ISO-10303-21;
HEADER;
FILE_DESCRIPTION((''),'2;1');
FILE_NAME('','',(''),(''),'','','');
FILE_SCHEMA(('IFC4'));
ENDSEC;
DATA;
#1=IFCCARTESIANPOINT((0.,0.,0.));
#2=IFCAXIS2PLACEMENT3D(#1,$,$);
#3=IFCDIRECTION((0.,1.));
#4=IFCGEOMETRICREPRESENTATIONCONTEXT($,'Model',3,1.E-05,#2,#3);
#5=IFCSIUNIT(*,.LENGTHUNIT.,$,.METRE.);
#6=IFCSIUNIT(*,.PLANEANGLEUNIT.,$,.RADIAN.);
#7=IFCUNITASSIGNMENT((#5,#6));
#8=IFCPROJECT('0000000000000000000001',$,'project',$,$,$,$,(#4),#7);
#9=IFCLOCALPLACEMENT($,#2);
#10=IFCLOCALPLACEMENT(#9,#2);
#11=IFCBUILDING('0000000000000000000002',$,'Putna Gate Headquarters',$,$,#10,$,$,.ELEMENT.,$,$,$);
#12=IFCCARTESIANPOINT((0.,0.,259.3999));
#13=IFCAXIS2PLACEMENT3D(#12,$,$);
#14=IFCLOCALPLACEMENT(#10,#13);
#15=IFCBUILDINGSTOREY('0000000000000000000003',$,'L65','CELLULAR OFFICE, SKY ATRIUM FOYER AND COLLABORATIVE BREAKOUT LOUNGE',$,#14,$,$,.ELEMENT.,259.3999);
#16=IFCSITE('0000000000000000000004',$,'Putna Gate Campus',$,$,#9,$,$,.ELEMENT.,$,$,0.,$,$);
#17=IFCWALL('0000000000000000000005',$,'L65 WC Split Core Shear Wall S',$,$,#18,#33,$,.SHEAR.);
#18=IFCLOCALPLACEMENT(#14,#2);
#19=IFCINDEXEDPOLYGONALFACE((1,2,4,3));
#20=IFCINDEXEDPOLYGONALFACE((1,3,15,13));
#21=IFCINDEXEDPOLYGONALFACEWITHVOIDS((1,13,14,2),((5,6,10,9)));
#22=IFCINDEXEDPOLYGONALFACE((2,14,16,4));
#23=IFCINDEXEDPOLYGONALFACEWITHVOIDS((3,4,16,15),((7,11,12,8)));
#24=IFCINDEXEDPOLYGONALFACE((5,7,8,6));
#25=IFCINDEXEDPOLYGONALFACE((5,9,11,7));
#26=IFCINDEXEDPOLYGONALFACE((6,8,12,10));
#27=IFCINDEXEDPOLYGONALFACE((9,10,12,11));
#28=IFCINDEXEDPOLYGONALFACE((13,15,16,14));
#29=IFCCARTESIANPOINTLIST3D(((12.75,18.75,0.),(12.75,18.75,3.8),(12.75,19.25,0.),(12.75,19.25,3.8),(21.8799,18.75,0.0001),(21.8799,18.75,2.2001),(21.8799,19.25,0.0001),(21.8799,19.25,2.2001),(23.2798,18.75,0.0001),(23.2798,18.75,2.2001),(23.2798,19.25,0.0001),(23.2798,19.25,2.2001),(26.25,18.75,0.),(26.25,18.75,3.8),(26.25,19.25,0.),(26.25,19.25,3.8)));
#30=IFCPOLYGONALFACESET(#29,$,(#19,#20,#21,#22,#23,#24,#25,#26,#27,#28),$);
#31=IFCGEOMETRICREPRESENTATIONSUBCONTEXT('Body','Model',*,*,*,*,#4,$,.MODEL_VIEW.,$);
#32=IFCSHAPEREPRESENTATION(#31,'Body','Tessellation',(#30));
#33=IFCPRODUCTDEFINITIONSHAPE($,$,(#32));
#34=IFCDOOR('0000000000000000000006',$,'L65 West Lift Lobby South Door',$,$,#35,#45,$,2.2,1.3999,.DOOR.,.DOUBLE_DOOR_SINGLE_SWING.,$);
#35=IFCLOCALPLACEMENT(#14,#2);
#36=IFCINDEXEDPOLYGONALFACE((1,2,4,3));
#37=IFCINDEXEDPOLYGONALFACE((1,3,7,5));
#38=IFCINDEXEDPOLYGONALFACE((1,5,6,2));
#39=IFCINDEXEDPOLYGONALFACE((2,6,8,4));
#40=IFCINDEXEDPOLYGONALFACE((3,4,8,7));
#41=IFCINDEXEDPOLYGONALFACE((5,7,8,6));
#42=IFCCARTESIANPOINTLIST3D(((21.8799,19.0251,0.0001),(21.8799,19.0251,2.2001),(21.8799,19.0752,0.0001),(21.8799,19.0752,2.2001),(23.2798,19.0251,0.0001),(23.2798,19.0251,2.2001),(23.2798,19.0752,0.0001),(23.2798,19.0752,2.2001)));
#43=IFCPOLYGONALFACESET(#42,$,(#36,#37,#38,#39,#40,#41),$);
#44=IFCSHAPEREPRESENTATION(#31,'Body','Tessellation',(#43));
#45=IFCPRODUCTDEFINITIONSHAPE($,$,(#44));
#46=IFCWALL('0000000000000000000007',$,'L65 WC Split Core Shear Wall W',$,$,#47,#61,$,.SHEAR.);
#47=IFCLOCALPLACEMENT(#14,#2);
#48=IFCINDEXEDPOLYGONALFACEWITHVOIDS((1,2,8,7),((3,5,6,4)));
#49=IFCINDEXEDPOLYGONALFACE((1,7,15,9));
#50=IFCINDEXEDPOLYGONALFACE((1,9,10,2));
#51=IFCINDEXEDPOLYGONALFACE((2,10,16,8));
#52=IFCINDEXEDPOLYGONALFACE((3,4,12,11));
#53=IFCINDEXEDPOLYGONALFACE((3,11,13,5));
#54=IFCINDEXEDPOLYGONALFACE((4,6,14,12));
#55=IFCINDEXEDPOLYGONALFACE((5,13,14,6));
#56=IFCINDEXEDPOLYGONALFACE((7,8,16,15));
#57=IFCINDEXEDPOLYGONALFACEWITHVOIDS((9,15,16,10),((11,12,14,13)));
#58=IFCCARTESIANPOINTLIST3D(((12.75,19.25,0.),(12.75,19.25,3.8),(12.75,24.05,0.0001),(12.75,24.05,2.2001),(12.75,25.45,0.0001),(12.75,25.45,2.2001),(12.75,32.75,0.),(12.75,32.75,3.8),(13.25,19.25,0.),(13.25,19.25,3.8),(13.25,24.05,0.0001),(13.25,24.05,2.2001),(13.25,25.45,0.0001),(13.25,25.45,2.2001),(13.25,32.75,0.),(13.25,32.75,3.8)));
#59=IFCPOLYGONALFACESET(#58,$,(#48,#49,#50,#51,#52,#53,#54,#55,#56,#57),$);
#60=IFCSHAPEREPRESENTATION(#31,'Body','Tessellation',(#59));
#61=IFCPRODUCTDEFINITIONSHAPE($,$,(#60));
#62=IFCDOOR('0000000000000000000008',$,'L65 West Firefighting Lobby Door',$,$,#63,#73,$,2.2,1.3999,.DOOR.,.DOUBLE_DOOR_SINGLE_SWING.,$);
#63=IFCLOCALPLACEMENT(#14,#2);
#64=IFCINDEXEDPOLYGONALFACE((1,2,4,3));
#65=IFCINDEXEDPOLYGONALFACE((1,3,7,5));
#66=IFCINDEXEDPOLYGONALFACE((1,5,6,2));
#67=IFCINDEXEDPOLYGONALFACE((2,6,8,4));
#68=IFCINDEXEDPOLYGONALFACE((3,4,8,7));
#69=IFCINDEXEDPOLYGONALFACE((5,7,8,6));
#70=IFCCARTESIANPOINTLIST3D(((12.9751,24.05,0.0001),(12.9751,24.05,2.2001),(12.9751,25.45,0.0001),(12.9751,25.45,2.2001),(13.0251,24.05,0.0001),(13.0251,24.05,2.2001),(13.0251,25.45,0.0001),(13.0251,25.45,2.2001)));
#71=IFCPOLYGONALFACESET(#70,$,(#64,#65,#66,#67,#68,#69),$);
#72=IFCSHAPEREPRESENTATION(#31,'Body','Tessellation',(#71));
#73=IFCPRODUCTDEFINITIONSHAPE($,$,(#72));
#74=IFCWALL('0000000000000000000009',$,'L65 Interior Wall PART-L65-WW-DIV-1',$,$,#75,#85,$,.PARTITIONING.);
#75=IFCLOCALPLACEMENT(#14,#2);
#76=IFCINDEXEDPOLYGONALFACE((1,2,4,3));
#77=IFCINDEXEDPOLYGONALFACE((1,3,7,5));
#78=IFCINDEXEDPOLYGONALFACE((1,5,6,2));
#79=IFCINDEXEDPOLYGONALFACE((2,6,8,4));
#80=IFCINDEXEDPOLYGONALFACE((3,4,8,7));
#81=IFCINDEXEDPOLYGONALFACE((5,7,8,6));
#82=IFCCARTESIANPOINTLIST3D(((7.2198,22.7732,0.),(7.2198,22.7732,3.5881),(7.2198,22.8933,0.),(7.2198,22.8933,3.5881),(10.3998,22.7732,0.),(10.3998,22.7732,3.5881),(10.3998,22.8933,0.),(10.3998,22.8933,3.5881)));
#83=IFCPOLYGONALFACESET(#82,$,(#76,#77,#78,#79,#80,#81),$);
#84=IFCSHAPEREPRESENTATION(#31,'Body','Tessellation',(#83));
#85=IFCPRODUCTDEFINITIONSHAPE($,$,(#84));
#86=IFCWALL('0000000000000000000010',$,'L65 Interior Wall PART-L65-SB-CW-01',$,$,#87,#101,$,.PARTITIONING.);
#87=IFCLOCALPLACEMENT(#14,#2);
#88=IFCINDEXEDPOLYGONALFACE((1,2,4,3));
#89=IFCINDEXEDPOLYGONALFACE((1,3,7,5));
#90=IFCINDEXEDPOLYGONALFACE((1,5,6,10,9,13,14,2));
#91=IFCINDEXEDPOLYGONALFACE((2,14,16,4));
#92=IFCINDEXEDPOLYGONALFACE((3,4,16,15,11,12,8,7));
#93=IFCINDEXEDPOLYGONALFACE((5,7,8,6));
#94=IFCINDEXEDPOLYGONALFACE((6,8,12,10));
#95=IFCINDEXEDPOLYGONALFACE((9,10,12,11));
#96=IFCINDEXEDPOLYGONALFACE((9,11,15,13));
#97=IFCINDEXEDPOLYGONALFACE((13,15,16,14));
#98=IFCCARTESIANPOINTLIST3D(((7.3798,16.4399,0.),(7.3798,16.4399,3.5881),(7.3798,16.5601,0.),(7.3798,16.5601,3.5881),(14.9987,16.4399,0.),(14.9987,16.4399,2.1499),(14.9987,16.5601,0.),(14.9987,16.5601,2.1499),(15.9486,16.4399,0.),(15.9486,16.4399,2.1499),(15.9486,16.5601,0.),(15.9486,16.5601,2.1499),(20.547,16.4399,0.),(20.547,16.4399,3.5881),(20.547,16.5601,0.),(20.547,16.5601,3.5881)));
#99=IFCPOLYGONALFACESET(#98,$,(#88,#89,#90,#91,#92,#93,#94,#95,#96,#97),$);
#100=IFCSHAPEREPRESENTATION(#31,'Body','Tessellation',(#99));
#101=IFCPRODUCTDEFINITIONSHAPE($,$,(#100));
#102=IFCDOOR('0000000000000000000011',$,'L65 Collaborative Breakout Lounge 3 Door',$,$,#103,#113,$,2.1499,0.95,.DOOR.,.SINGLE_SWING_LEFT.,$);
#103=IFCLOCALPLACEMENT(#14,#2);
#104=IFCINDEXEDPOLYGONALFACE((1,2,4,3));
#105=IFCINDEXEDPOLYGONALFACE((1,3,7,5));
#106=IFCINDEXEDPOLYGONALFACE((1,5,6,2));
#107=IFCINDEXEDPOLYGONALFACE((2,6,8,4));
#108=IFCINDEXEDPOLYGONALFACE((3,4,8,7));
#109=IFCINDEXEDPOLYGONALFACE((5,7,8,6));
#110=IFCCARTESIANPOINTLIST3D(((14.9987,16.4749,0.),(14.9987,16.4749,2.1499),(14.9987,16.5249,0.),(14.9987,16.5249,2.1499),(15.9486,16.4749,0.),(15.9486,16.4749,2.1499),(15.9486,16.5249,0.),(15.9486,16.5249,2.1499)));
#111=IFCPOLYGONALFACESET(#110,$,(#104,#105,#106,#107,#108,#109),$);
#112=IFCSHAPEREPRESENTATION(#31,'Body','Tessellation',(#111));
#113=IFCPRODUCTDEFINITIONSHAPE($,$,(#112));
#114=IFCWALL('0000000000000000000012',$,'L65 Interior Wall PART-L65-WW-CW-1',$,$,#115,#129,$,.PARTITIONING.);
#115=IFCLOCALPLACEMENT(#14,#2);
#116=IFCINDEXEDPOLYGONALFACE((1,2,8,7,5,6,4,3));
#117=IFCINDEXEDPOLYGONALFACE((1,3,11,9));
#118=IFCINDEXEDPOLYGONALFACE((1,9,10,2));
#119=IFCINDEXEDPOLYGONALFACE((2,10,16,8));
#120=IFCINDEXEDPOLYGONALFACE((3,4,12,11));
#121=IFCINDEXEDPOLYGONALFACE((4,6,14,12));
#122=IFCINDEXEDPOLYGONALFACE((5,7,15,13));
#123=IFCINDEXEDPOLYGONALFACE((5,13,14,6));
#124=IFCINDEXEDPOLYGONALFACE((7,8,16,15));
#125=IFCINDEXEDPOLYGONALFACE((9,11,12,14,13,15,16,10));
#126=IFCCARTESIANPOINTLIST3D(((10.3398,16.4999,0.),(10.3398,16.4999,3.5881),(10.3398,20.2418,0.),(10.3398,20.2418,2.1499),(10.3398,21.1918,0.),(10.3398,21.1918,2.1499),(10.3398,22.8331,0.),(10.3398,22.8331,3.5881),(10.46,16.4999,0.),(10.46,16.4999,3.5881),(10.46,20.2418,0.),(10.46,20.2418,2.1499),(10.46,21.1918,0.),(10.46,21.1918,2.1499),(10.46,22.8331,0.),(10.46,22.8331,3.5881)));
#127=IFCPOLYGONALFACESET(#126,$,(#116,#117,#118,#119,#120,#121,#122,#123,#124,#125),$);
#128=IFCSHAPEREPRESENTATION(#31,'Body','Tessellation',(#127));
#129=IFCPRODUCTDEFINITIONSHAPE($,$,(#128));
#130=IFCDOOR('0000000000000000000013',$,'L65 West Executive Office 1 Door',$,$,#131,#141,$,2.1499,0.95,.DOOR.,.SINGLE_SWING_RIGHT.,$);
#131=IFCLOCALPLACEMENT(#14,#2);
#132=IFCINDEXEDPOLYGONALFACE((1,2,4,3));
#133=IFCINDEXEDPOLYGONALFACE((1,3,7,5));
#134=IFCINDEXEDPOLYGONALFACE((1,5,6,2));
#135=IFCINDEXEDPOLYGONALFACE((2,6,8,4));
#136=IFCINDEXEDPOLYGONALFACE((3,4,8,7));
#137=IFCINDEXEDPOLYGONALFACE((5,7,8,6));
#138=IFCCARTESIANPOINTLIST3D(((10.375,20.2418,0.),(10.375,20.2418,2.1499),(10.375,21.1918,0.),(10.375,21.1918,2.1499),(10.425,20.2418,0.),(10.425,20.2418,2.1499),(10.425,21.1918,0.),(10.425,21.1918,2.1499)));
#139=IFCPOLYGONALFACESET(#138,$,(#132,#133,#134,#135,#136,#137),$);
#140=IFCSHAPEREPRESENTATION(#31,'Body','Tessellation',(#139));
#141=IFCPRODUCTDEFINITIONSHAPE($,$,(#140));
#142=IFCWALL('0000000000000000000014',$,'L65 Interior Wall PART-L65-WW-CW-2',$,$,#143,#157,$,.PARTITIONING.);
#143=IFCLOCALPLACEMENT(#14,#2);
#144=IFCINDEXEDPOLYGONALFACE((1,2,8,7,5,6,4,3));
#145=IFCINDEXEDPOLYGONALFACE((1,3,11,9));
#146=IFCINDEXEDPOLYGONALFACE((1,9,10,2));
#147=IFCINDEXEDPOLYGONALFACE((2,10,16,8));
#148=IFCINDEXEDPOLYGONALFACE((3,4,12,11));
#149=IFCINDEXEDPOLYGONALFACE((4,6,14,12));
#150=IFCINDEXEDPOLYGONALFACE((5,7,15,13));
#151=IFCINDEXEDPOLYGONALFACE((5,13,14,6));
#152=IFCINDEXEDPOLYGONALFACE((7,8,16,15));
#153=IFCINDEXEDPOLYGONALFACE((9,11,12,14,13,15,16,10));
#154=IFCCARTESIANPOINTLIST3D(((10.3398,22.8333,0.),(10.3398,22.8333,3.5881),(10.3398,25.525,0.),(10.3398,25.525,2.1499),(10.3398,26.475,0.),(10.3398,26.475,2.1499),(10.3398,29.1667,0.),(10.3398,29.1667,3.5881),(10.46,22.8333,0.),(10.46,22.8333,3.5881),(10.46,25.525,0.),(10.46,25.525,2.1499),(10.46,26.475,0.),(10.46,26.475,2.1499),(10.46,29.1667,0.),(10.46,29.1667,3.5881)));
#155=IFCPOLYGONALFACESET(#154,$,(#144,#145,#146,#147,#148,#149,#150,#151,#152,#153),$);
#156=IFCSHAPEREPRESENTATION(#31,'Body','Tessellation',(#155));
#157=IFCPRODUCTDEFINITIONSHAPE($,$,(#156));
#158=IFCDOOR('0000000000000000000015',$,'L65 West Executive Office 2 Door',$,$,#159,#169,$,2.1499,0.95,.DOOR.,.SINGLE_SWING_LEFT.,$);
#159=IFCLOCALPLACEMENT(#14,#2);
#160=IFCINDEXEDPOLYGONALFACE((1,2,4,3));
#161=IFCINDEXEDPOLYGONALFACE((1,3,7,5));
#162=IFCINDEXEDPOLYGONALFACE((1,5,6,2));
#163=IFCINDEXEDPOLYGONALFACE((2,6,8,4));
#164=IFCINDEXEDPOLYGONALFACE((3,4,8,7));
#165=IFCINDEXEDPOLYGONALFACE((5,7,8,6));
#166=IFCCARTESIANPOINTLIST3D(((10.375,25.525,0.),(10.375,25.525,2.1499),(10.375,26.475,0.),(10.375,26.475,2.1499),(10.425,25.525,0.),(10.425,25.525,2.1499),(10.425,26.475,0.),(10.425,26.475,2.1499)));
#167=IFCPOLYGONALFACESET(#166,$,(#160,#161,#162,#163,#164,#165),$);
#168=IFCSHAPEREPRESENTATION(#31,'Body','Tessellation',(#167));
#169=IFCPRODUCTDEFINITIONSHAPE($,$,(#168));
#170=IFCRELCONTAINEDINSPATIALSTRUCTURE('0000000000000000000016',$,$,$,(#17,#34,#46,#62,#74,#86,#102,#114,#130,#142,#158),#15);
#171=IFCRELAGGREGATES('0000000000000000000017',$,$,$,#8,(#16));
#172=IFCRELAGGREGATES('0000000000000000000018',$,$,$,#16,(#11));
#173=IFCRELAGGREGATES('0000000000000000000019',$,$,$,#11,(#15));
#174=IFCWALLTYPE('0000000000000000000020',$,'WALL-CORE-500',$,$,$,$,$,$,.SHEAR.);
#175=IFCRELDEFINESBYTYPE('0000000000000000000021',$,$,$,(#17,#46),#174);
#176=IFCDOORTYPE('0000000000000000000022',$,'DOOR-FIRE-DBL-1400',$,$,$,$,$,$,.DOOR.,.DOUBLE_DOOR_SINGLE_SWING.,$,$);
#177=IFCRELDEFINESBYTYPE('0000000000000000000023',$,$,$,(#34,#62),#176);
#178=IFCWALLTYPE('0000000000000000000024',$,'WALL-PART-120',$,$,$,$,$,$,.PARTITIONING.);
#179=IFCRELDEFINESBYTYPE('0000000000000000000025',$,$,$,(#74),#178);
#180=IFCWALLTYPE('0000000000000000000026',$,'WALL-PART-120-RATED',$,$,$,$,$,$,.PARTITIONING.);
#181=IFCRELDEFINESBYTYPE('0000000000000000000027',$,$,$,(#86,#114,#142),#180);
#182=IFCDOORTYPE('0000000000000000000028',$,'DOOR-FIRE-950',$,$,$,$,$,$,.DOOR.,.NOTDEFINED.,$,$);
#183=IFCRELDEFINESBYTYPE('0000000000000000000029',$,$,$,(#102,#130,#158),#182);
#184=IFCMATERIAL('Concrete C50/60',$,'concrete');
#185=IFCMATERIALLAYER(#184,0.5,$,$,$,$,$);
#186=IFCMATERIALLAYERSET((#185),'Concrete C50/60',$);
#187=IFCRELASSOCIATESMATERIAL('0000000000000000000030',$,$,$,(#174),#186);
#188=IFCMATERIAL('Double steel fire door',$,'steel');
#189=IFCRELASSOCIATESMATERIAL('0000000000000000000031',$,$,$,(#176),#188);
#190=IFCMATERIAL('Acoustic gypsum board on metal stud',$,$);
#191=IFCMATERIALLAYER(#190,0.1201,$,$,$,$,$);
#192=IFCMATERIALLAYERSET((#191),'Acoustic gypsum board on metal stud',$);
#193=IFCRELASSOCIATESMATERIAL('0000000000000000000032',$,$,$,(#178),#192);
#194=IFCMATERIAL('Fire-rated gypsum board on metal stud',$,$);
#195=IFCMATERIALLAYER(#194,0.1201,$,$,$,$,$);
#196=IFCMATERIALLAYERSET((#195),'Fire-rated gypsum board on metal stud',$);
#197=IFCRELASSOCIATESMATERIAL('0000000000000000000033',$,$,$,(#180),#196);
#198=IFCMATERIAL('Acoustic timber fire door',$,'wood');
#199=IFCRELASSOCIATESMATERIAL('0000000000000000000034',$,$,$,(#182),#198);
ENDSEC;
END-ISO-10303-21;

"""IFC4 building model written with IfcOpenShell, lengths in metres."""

from ifc_helpers import new_model, si_unit, direction, frame, frame_2d, origin, place, context, subcontext, project, spatial, rectangle, extrude, material, layer, layer_set, type_object, element, fill, save


model = new_model("IFC4")

# Units and contexts
model_context = context("Model", 3, precision=1e-05, world=origin(), true_north=direction((0.0, 1.0)))
body_context = subcontext(model_context, "Body", "Model", "MODEL_VIEW")
ifc_project = project(units=[si_unit("LENGTHUNIT", "METRE"), si_unit("PLANEANGLEUNIT", "RADIAN")], contexts=[model_context])

# Site, building, storey
site_placement = place(None, origin())
site = spatial("IfcSite", under=ifc_project, at=site_placement, Name="Putna Gate Campus", CompositionType="ELEMENT", RefElevation=0.0)
building_placement = place(site_placement, origin())
building = spatial("IfcBuilding", under=site, at=building_placement, Name="Putna Gate Headquarters", CompositionType="ELEMENT")
storey_placement = place(building_placement, frame((0.0, 0.0, 259.3999)))
storey = spatial("IfcBuildingStorey", under=building, at=storey_placement, Name="L65", Description="CELLULAR OFFICE, SKY ATRIUM FOYER AND COLLABORATIVE BREAKOUT LOUNGE", CompositionType="ELEMENT", Elevation=259.3999)

# Walls, openings, doors
ifc_material_1 = material(Name="Concrete C50/60", Category="concrete")
ifc_layer_1 = layer(ifc_material_1, 0.5)
ifc_layer_set_1 = layer_set([ifc_layer_1], Name="Concrete C50/60")
wall_type_1 = type_object("IfcWallType", Name="WALL-CORE-500", PredefinedType="SHEAR", material=ifc_layer_set_1)
wall_1_placement = place(storey_placement, frame((12.75, 19.0, 0.0), z_axis=(0.0, 0.0, 1.0), x_axis=(1.0, 0.0, 0.0)))
wall_1 = element("IfcWall", 1, at=wall_1_placement, inside=storey, type_object=wall_type_1, Name="L65 WC Split Core Shear Wall S", PredefinedType="SHEAR", context=body_context, shape_type="SweptSolid", body=[
    extrude(rectangle(XDim=13.5, YDim=0.5, at=frame_2d((6.75, 0.0))), origin(), (0.0, 0.0, 1.0), 3.8),
])
opening_1_placement = place(wall_1_placement, frame((9.1299, 0.0, 0.0)))
opening_1 = element("IfcOpeningElement", 2, at=opening_1_placement, cuts=wall_1, PredefinedType="OPENING", context=body_context, shape_type="SweptSolid", body=[
    extrude(rectangle(XDim=1.3999, YDim=2.2, at=frame_2d((0.7, 1.1001))), frame((0.0, 0.26, 0.0), z_axis=(0.0, -1.0, 0.0), x_axis=(1.0, 0.0, 0.0)), (0.0, 0.0, 1.0), 0.52),
])
ifc_material_2 = material(Name="Double steel fire door", Category="steel")
door_type_1 = type_object("IfcDoorType", Name="DOOR-FIRE-DBL-1400", OperationType="DOUBLE_DOOR_SINGLE_SWING", PredefinedType="DOOR", material=ifc_material_2)
door_1_placement = place(opening_1_placement, origin())
door_1 = element("IfcDoor", 3, at=door_1_placement, inside=storey, type_object=door_type_1, Name="L65 West Lift Lobby South Door", OperationType="DOUBLE_DOOR_SINGLE_SWING", OverallHeight=2.2, OverallWidth=1.3999, PredefinedType="DOOR", context=body_context, shape_type="SweptSolid", body=[
    extrude(rectangle(XDim=1.3999, YDim=2.2, at=frame_2d((0.7, 1.1001))), frame((0.0, 0.0752, 0.0), z_axis=(0.0, -1.0, 0.0), x_axis=(1.0, 0.0, 0.0)), (0.0, 0.0, 1.0), 0.05),
])
fill(opening_1, door_1)
wall_2_placement = place(storey_placement, frame((13.0, 19.25, 0.0), z_axis=(0.0, 0.0, 1.0), x_axis=(0.0, 1.0, 0.0)))
wall_2 = element("IfcWall", 4, at=wall_2_placement, inside=storey, type_object=wall_type_1, Name="L65 WC Split Core Shear Wall W", PredefinedType="SHEAR", context=body_context, shape_type="SweptSolid", body=[
    extrude(rectangle(XDim=13.5, YDim=0.5, at=frame_2d((6.75, 0.0))), origin(), (0.0, 0.0, 1.0), 3.8),
])
opening_2_placement = place(wall_2_placement, frame((4.8, 0.0, 0.0)))
opening_2 = element("IfcOpeningElement", 5, at=opening_2_placement, cuts=wall_2, PredefinedType="OPENING", context=body_context, shape_type="SweptSolid", body=[
    extrude(rectangle(XDim=1.3999, YDim=2.2, at=frame_2d((0.7, 1.1001))), frame((0.0, 0.26, 0.0), z_axis=(0.0, -1.0, 0.0), x_axis=(1.0, 0.0, 0.0)), (0.0, 0.0, 1.0), 0.52),
])
door_2_placement = place(opening_2_placement, origin())
door_2 = element("IfcDoor", 6, at=door_2_placement, inside=storey, type_object=door_type_1, Name="L65 West Firefighting Lobby Door", OperationType="DOUBLE_DOOR_SINGLE_SWING", OverallHeight=2.2, OverallWidth=1.3999, PredefinedType="DOOR", context=body_context, shape_type="SweptSolid", body=[
    extrude(rectangle(XDim=1.3999, YDim=2.2, at=frame_2d((0.7, 1.1001))), frame((0.0, 0.0249, 0.0), z_axis=(0.0, -1.0, 0.0), x_axis=(1.0, 0.0, 0.0)), (0.0, 0.0, 1.0), 0.05),
])
fill(opening_2, door_2)

# Wall
ifc_material_3 = material(Name="Acoustic gypsum board on metal stud")
ifc_layer_2 = layer(ifc_material_3, 0.1201)
ifc_layer_set_2 = layer_set([ifc_layer_2], Name="Acoustic gypsum board on metal stud")
wall_type_2 = type_object("IfcWallType", Name="WALL-PART-120", PredefinedType="PARTITIONING", material=ifc_layer_set_2)
wall_3_placement = place(storey_placement, frame((7.22, 22.8333, 0.0), z_axis=(0.0, 0.0, 1.0), x_axis=(1.0, 0.0, 0.0)))
element("IfcWall", 7, at=wall_3_placement, inside=storey, type_object=wall_type_2, Name="L65 Interior Wall PART-L65-WW-DIV-1", PredefinedType="PARTITIONING", context=body_context, shape_type="SweptSolid", body=[
    extrude(rectangle(XDim=3.1799, YDim=0.1201, at=frame_2d((1.5898, 0.0))), origin(), (0.0, 0.0, 1.0), 3.5881),
])

# Walls, openings, doors
ifc_material_4 = material(Name="Fire-rated gypsum board on metal stud")
ifc_layer_3 = layer(ifc_material_4, 0.1201)
ifc_layer_set_3 = layer_set([ifc_layer_3], Name="Fire-rated gypsum board on metal stud")
wall_type_3 = type_object("IfcWallType", Name="WALL-PART-120-RATED", PredefinedType="PARTITIONING", material=ifc_layer_set_3)
wall_4_placement = place(storey_placement, frame((7.3799, 16.5, 0.0), z_axis=(0.0, 0.0, 1.0), x_axis=(1.0, 0.0, 0.0)))
wall_4 = element("IfcWall", 8, at=wall_4_placement, inside=storey, type_object=wall_type_3, Name="L65 Interior Wall PART-L65-SB-CW-01", PredefinedType="PARTITIONING", context=body_context, shape_type="SweptSolid", body=[
    extrude(rectangle(XDim=13.1672, YDim=0.1201, at=frame_2d((6.5835, 0.0))), origin(), (0.0, 0.0, 1.0), 3.5881),
])
opening_3_placement = place(wall_4_placement, frame((7.6187, 0.0, 0.0)))
opening_3 = element("IfcOpeningElement", 9, at=opening_3_placement, cuts=wall_4, PredefinedType="OPENING", context=body_context, shape_type="SweptSolid", body=[
    extrude(rectangle(XDim=0.95, YDim=2.1499, at=frame_2d((0.4751, 1.075))), frame((0.0, 0.0701, 0.0), z_axis=(0.0, -1.0, 0.0), x_axis=(1.0, 0.0, 0.0)), (0.0, 0.0, 1.0), 0.1401),
])
ifc_material_5 = material(Name="Acoustic timber fire door", Category="wood")
door_type_2 = type_object("IfcDoorType", Name="DOOR-FIRE-950", OperationType="NOTDEFINED", PredefinedType="DOOR", material=ifc_material_5)
door_3_placement = place(opening_3_placement, origin())
door_3 = element("IfcDoor", 10, at=door_3_placement, inside=storey, type_object=door_type_2, Name="L65 Collaborative Breakout Lounge 3 Door", OperationType="SINGLE_SWING_LEFT", OverallHeight=2.1499, OverallWidth=0.95, PredefinedType="DOOR", context=body_context, shape_type="SweptSolid", body=[
    extrude(rectangle(XDim=0.95, YDim=2.1499, at=frame_2d((0.4751, 1.075))), frame((0.0, 0.0249, 0.0), z_axis=(0.0, -1.0, 0.0), x_axis=(1.0, 0.0, 0.0)), (0.0, 0.0, 1.0), 0.05),
])
fill(opening_3, door_3)
wall_5_placement = place(storey_placement, frame((10.3999, 16.5, 0.0), z_axis=(0.0, 0.0, 1.0), x_axis=(0.0, 1.0, 0.0)))
wall_5 = element("IfcWall", 11, at=wall_5_placement, inside=storey, type_object=wall_type_3, Name="L65 Interior Wall PART-L65-WW-CW-1", PredefinedType="PARTITIONING", context=body_context, shape_type="SweptSolid", body=[
    extrude(rectangle(XDim=6.3333, YDim=0.1201, at=frame_2d((3.1665, 0.0))), origin(), (0.0, 0.0, 1.0), 3.5881),
])
opening_4_placement = place(wall_5_placement, frame((3.7417, 0.0, 0.0)))
opening_4 = element("IfcOpeningElement", 12, at=opening_4_placement, cuts=wall_5, PredefinedType="OPENING", context=body_context, shape_type="SweptSolid", body=[
    extrude(rectangle(XDim=0.95, YDim=2.1499, at=frame_2d((0.4751, 1.075))), frame((0.0, 0.0701, 0.0), z_axis=(0.0, -1.0, 0.0), x_axis=(1.0, 0.0, 0.0)), (0.0, 0.0, 1.0), 0.1401),
])
door_4_placement = place(opening_4_placement, origin())
door_4 = element("IfcDoor", 13, at=door_4_placement, inside=storey, type_object=door_type_2, Name="L65 West Executive Office 1 Door", OperationType="SINGLE_SWING_RIGHT", OverallHeight=2.1499, OverallWidth=0.95, PredefinedType="DOOR", context=body_context, shape_type="SweptSolid", body=[
    extrude(rectangle(XDim=0.95, YDim=2.1499, at=frame_2d((0.4751, 1.075))), frame((0.0, 0.0249, 0.0), z_axis=(0.0, -1.0, 0.0), x_axis=(1.0, 0.0, 0.0)), (0.0, 0.0, 1.0), 0.05),
])
fill(opening_4, door_4)
wall_6_placement = place(storey_placement, frame((10.3999, 22.8333, 0.0), z_axis=(0.0, 0.0, 1.0), x_axis=(0.0, 1.0, 0.0)))
wall_6 = element("IfcWall", 14, at=wall_6_placement, inside=storey, type_object=wall_type_3, Name="L65 Interior Wall PART-L65-WW-CW-2", PredefinedType="PARTITIONING", context=body_context, shape_type="SweptSolid", body=[
    extrude(rectangle(XDim=6.3335, YDim=0.1201, at=frame_2d((3.1667, 0.0))), origin(), (0.0, 0.0, 1.0), 3.5881),
])
opening_5_placement = place(wall_6_placement, frame((2.6917, 0.0, 0.0)))
opening_5 = element("IfcOpeningElement", 15, at=opening_5_placement, cuts=wall_6, PredefinedType="OPENING", context=body_context, shape_type="SweptSolid", body=[
    extrude(rectangle(XDim=0.95, YDim=2.1499, at=frame_2d((0.4751, 1.075))), frame((0.0, 0.0701, 0.0), z_axis=(0.0, -1.0, 0.0), x_axis=(1.0, 0.0, 0.0)), (0.0, 0.0, 1.0), 0.1401),
])
door_5_placement = place(opening_5_placement, origin())
door_5 = element("IfcDoor", 16, at=door_5_placement, inside=storey, type_object=door_type_2, Name="L65 West Executive Office 2 Door", OperationType="SINGLE_SWING_LEFT", OverallHeight=2.1499, OverallWidth=0.95, PredefinedType="DOOR", context=body_context, shape_type="SweptSolid", body=[
    extrude(rectangle(XDim=0.95, YDim=2.1499, at=frame_2d((0.4751, 1.075))), frame((0.0, 0.0249, 0.0), z_axis=(0.0, -1.0, 0.0), x_axis=(1.0, 0.0, 0.0)), (0.0, 0.0, 1.0), 0.05),
])
fill(opening_5, door_5)

save(model, "model.ifc")
